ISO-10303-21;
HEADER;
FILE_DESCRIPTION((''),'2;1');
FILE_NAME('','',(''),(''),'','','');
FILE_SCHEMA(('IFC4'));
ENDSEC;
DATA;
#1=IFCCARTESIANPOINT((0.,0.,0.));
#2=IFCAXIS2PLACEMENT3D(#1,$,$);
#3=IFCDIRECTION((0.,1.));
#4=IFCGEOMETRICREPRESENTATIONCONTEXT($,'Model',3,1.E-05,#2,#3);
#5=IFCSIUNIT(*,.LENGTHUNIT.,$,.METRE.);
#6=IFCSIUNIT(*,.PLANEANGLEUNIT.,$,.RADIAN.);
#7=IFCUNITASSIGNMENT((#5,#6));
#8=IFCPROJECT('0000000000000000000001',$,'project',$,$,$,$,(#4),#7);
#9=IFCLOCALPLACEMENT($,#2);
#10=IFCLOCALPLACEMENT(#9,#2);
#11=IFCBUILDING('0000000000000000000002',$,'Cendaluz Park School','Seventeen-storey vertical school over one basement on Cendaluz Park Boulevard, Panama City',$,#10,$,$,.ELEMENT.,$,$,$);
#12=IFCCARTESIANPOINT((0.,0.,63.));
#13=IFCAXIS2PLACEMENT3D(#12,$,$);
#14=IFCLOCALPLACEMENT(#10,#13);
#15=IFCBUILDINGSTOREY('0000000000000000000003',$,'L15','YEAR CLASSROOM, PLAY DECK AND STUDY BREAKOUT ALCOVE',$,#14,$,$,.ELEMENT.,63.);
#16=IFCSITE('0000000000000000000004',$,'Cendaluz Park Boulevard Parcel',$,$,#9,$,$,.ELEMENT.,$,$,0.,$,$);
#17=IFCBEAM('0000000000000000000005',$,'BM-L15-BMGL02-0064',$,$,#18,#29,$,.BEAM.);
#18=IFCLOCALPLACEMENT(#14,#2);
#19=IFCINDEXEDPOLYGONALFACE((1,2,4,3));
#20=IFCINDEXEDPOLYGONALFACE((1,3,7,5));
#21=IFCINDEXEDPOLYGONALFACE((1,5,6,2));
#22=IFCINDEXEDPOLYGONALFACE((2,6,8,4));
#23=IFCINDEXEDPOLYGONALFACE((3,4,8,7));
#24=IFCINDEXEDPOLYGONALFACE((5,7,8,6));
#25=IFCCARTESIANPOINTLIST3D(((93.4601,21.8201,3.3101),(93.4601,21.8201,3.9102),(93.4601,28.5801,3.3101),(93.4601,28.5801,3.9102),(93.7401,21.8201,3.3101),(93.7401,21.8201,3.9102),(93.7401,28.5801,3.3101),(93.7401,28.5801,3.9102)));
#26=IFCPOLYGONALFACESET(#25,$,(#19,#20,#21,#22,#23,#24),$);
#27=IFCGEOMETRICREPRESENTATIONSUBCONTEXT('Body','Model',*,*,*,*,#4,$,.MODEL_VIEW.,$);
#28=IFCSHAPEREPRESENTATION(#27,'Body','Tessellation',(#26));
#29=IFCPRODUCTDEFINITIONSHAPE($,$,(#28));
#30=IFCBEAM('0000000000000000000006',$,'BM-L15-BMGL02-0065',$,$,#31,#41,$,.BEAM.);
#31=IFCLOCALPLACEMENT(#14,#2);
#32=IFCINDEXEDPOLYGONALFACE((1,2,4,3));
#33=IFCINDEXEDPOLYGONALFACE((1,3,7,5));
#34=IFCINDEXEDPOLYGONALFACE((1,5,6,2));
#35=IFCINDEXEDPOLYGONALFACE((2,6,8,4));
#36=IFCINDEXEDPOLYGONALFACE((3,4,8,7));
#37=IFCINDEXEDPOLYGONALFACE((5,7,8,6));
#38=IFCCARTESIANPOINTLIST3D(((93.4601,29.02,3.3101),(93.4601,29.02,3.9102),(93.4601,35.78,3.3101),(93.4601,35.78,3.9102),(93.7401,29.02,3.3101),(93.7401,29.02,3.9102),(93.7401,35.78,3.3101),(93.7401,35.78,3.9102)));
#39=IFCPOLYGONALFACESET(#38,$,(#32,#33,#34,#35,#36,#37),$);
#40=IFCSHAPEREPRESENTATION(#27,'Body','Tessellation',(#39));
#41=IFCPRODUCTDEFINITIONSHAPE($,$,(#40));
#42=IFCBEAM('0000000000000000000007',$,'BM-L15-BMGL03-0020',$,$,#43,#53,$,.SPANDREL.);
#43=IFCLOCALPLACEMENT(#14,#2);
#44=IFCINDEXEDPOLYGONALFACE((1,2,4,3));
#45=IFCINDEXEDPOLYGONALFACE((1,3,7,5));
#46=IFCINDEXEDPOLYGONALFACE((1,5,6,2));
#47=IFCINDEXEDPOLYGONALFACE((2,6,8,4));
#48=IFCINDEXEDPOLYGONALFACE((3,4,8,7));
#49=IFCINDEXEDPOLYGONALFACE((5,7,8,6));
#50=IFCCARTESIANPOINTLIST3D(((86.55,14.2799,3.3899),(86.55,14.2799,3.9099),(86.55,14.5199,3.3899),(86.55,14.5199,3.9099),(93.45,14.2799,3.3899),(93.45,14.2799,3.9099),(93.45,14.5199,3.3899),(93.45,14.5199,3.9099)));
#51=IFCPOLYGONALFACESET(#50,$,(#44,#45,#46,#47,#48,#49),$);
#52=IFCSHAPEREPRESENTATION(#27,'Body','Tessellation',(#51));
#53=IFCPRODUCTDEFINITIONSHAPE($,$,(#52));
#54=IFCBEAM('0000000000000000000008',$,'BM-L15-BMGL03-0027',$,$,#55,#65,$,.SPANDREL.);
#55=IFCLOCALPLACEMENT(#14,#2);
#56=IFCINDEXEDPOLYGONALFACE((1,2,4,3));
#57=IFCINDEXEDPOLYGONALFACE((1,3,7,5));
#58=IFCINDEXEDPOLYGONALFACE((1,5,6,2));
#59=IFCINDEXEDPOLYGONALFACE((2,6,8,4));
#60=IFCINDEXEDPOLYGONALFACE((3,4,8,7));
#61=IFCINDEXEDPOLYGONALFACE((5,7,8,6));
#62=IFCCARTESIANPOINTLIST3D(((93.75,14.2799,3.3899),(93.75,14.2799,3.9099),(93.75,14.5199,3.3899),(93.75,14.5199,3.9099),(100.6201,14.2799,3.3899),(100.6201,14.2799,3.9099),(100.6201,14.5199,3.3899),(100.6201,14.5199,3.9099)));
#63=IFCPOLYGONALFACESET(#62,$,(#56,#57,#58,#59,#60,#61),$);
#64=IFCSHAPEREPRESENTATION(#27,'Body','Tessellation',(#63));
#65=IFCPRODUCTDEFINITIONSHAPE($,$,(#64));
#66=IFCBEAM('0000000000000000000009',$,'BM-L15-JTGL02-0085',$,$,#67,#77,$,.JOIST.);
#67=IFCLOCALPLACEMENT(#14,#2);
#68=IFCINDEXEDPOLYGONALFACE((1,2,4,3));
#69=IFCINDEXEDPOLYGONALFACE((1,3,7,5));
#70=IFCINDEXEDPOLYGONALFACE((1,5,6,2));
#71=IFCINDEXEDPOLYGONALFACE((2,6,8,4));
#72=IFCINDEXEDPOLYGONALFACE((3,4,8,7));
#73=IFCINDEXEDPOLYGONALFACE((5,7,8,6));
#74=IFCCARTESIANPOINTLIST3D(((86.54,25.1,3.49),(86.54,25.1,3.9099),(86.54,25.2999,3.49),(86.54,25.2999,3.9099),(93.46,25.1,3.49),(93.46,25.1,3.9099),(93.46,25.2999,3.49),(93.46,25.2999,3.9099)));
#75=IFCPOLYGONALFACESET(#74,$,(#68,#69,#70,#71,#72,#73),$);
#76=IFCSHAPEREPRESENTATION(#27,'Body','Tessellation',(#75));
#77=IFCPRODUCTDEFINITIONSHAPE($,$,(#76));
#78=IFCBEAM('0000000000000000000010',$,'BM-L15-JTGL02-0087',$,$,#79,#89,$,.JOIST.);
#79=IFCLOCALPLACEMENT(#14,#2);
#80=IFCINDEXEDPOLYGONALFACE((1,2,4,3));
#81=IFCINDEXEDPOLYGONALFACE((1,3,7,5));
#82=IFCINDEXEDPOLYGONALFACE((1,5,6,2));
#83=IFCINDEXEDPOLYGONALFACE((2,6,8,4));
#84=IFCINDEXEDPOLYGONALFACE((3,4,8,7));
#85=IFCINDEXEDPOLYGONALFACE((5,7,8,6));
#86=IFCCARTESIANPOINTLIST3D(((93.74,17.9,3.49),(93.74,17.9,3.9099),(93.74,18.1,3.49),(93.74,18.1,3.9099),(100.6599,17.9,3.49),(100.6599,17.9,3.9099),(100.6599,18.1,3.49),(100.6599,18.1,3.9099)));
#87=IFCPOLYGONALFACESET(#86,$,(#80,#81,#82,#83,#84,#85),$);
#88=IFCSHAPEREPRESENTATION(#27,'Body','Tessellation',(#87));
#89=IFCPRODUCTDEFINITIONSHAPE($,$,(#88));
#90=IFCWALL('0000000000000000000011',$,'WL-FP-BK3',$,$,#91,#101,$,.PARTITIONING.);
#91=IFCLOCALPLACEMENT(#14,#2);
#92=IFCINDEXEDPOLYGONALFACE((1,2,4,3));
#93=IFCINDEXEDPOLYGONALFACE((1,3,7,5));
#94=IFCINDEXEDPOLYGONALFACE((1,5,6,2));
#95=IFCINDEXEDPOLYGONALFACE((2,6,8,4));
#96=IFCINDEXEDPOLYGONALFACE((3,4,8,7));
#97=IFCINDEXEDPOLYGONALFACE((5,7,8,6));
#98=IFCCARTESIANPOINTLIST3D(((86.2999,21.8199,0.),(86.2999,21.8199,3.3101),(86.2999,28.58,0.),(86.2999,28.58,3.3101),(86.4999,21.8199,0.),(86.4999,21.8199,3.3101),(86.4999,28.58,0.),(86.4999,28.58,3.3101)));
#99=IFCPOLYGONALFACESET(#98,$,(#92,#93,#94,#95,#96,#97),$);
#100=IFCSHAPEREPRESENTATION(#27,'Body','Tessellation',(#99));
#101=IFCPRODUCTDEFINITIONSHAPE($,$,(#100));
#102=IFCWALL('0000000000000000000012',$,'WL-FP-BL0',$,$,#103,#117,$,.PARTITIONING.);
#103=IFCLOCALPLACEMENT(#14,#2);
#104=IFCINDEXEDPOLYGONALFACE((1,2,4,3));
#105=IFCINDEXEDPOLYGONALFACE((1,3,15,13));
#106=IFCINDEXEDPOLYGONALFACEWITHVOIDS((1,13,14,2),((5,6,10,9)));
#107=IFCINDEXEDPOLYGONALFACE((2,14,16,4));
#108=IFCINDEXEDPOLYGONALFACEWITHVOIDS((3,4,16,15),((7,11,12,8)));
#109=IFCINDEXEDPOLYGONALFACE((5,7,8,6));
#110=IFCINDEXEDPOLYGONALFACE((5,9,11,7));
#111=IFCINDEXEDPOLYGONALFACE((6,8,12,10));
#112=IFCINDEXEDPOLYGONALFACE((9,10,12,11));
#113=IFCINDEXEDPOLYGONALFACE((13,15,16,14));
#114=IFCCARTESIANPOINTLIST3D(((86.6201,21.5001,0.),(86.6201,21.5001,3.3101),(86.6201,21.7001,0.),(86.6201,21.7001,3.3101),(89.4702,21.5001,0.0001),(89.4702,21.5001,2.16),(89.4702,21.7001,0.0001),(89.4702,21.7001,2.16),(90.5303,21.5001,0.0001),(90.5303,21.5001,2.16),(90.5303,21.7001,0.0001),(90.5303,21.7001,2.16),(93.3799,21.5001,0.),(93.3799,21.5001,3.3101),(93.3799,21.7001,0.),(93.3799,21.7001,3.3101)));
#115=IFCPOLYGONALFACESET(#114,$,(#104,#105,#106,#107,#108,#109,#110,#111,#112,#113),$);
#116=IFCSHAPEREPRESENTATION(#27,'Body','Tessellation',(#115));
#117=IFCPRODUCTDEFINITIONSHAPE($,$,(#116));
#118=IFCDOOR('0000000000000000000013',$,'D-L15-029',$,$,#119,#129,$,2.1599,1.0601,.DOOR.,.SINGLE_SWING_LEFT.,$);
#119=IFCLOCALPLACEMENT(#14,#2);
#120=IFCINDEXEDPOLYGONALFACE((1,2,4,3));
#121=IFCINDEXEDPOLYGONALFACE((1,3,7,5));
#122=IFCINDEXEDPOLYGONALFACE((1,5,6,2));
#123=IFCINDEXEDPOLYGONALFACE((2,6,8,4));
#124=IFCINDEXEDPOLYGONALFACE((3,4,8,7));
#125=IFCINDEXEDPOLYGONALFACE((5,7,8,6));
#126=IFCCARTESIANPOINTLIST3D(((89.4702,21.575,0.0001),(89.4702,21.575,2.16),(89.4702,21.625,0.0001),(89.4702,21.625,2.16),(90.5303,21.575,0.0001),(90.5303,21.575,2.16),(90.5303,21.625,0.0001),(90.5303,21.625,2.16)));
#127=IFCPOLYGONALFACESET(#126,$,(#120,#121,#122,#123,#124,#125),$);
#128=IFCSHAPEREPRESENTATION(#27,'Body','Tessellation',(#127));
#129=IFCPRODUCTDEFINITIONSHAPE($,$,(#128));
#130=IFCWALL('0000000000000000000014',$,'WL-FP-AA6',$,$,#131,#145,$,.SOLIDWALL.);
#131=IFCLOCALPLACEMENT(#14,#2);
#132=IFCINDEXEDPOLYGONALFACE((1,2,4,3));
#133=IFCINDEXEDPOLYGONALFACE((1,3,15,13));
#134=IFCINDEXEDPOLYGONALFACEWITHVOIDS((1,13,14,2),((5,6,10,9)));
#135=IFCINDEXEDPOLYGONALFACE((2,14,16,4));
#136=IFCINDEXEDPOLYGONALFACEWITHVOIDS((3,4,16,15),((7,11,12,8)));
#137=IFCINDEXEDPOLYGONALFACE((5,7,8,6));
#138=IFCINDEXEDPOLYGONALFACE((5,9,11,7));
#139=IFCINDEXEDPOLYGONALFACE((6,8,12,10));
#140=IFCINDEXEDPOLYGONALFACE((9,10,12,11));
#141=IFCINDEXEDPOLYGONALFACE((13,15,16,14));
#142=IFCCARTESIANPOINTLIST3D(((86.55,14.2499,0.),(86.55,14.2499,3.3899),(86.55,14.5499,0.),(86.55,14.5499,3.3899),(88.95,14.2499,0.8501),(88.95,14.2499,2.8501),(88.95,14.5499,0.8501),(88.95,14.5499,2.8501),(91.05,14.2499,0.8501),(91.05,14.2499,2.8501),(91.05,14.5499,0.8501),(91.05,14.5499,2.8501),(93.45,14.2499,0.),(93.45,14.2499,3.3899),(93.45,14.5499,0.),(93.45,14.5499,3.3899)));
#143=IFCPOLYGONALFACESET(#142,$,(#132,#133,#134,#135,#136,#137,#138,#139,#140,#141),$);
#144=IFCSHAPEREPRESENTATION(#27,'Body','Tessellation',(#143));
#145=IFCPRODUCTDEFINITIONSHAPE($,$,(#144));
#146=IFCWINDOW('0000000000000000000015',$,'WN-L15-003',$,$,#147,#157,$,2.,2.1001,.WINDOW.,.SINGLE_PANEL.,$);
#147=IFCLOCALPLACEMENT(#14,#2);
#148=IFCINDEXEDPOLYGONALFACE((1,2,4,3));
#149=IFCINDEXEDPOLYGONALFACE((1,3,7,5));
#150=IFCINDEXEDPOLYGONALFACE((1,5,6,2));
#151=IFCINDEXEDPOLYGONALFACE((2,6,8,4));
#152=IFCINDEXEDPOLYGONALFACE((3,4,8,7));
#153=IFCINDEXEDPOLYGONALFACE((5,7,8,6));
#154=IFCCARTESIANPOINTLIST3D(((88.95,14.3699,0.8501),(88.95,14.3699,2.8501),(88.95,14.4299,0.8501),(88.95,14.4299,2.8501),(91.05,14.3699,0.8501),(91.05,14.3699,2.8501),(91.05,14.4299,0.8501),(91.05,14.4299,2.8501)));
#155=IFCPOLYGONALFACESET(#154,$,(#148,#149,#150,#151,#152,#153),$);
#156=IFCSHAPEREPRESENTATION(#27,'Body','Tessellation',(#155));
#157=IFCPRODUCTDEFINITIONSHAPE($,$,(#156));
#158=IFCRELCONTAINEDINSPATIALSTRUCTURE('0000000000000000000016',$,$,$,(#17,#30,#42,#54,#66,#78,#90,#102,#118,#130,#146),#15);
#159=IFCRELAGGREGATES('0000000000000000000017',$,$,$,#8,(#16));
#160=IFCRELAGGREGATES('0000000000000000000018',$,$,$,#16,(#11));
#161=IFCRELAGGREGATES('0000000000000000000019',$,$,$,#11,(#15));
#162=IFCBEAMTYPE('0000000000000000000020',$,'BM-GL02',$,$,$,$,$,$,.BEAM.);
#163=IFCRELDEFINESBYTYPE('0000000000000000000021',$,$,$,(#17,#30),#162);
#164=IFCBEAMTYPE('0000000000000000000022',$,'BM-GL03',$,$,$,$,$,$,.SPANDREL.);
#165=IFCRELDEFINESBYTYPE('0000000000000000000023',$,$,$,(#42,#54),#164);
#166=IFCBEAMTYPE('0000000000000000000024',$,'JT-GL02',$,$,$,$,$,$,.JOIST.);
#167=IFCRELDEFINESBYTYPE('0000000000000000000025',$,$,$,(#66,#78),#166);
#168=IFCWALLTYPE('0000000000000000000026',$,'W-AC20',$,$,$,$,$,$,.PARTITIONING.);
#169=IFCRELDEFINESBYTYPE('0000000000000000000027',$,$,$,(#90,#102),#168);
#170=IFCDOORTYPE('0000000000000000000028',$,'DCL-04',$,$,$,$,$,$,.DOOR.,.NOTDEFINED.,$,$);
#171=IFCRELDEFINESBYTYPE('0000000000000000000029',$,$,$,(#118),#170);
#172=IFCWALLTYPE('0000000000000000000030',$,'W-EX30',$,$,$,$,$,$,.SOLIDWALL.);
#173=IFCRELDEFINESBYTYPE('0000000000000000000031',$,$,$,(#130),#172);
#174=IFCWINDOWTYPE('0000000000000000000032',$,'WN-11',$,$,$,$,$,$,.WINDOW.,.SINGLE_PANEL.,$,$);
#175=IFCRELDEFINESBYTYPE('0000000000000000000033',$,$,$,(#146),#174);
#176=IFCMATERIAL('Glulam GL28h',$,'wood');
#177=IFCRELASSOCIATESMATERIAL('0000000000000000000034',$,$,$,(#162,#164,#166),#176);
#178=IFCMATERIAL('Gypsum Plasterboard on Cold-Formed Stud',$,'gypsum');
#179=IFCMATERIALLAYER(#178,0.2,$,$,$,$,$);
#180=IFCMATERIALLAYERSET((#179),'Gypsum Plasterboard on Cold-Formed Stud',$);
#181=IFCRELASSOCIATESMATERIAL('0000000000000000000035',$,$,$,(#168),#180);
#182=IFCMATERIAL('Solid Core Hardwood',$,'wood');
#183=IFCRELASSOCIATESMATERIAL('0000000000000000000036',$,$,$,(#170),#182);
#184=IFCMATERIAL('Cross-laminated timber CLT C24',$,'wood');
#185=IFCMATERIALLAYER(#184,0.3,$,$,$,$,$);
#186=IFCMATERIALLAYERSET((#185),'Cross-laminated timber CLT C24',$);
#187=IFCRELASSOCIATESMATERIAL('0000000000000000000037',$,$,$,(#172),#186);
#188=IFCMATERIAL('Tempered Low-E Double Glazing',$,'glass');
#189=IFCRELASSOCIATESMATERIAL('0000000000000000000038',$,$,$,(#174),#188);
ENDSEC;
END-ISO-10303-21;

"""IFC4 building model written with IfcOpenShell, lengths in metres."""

from ifc_helpers import new_model, si_unit, direction, frame, frame_2d, origin, origin_2d, place, context, subcontext, project, spatial, rectangle, extrude, material, layer, layer_set, material_profile, profile_set, type_object, element, fill, save


model = new_model("IFC4")

# Units and contexts
model_context = context("Model", 3, precision=1e-05, world=origin(), true_north=direction((0.0, 1.0)))
body_context = subcontext(model_context, "Body", "Model", "MODEL_VIEW")
ifc_project = project(units=[si_unit("LENGTHUNIT", "METRE"), si_unit("PLANEANGLEUNIT", "RADIAN")], contexts=[model_context])

# Site, building, storey
site_placement = place(None, origin())
site = spatial("IfcSite", under=ifc_project, at=site_placement, Name="Cendaluz Park Boulevard Parcel", CompositionType="ELEMENT", RefElevation=0.0)
building_placement = place(site_placement, origin())
building = spatial("IfcBuilding", under=site, at=building_placement, Name="Cendaluz Park School", Description="Seventeen-storey vertical school over one basement on Cendaluz Park Boulevard, Panama City", CompositionType="ELEMENT")
storey_placement = place(building_placement, frame((0.0, 0.0, 63.0)))
storey = spatial("IfcBuildingStorey", under=building, at=storey_placement, Name="L15", Description="YEAR CLASSROOM, PLAY DECK AND STUDY BREAKOUT ALCOVE", CompositionType="ELEMENT", Elevation=63.0)

# Beams
ifc_material_1 = material(Name="Glulam GL28h", Category="wood")
ifc_material_profile_1 = material_profile(ifc_material_1, rectangle(XDim=0.28, YDim=0.6001, at=origin_2d()), Name="GL28h 280x600", Category="wood")
ifc_profile_set_1 = profile_set([ifc_material_profile_1], Name="Glulam GL28h")
beam_type_1 = type_object("IfcBeamType", Name="BM-GL02", PredefinedType="BEAM", material=ifc_profile_set_1)
for number, where, z_axis, x_axis, name in (
    (1, (93.6001, 21.8201, 3.6101), (0.0, 1.0, 0.0), (-1.0, 0.0, 0.0), "BM-L15-BMGL02-0064"),
    (2, (93.6001, 29.02, 3.6101), (0.0, 1.0, 0.0), (-1.0, 0.0, 0.0), "BM-L15-BMGL02-0065"),
):
    element("IfcBeam", number, at=place(storey_placement, frame(where, z_axis=z_axis, x_axis=x_axis)), inside=storey, type_object=beam_type_1, Name=name, PredefinedType="BEAM", context=body_context, shape_type="SweptSolid", body=[
        extrude(rectangle(XDim=0.28, YDim=0.6001, at=origin_2d()), origin(), (0.0, 0.0, 1.0), 6.76),
    ])
ifc_material_profile_2 = material_profile(ifc_material_1, rectangle(XDim=0.24, YDim=0.52, at=origin_2d()), Name="GL28h 240x520", Category="wood")
ifc_profile_set_2 = profile_set([ifc_material_profile_2], Name="Glulam GL28h")
beam_type_2 = type_object("IfcBeamType", Name="BM-GL03", PredefinedType="SPANDREL", material=ifc_profile_set_2)
beam_1_placement = place(storey_placement, frame((86.55, 14.3999, 3.6499), z_axis=(1.0, 0.0, 0.0), x_axis=(0.0, 1.0, 0.0)))
element("IfcBeam", 3, at=beam_1_placement, inside=storey, type_object=beam_type_2, Name="BM-L15-BMGL03-0020", PredefinedType="SPANDREL", context=body_context, shape_type="SweptSolid", body=[
    extrude(rectangle(XDim=0.24, YDim=0.52, at=origin_2d()), origin(), (0.0, 0.0, 1.0), 6.8999),
])
beam_2_placement = place(storey_placement, frame((93.75, 14.3999, 3.6499), z_axis=(1.0, 0.0, 0.0), x_axis=(0.0, 1.0, 0.0)))
element("IfcBeam", 4, at=beam_2_placement, inside=storey, type_object=beam_type_2, Name="BM-L15-BMGL03-0027", PredefinedType="SPANDREL", context=body_context, shape_type="SweptSolid", body=[
    extrude(rectangle(XDim=0.24, YDim=0.52, at=origin_2d()), origin(), (0.0, 0.0, 1.0), 6.8701),
])
ifc_material_profile_3 = material_profile(ifc_material_1, rectangle(XDim=0.2, YDim=0.4199, at=origin_2d()), Name="GL28h 200x420", Category="wood")
ifc_profile_set_3 = profile_set([ifc_material_profile_3], Name="Glulam GL28h")
beam_type_3 = type_object("IfcBeamType", Name="JT-GL02", PredefinedType="JOIST", material=ifc_profile_set_3)
for number, where, z_axis, x_axis, name in (
    (5, (86.54, 25.2, 3.7), (1.0, 0.0, 0.0), (0.0, 1.0, 0.0), "BM-L15-JTGL02-0085"),
    (6, (93.74, 18.0, 3.7), (1.0, 0.0, 0.0), (0.0, 1.0, 0.0), "BM-L15-JTGL02-0087"),
):
    element("IfcBeam", number, at=place(storey_placement, frame(where, z_axis=z_axis, x_axis=x_axis)), inside=storey, type_object=beam_type_3, Name=name, PredefinedType="JOIST", context=body_context, shape_type="SweptSolid", body=[
        extrude(rectangle(XDim=0.2, YDim=0.4199, at=origin_2d()), origin(), (0.0, 0.0, 1.0), 6.9199),
    ])

# Wall
ifc_material_2 = material(Name="Gypsum Plasterboard on Cold-Formed Stud", Category="gypsum")
ifc_layer_1 = layer(ifc_material_2, 0.2)
ifc_layer_set_1 = layer_set([ifc_layer_1], Name="Gypsum Plasterboard on Cold-Formed Stud")
wall_type_1 = type_object("IfcWallType", Name="W-AC20", PredefinedType="PARTITIONING", material=ifc_layer_set_1)
wall_1_placement = place(storey_placement, frame((86.3999, 21.8201, 0.0), z_axis=(0.0, 0.0, 1.0), x_axis=(0.0, 1.0, 0.0)))
element("IfcWall", 7, at=wall_1_placement, inside=storey, type_object=wall_type_1, Name="WL-FP-BK3", PredefinedType="PARTITIONING", context=body_context, shape_type="SweptSolid", body=[
    extrude(rectangle(XDim=6.76, YDim=0.2, at=frame_2d((3.3799, 0.0))), origin(), (0.0, 0.0, 1.0), 3.3101),
])

# Wall, opening, door
wall_2_placement = place(storey_placement, frame((86.6201, 21.6001, 0.0), z_axis=(0.0, 0.0, 1.0), x_axis=(1.0, 0.0, 0.0)))
wall_2 = element("IfcWall", 8, at=wall_2_placement, inside=storey, type_object=wall_type_1, Name="WL-FP-BL0", PredefinedType="PARTITIONING", context=body_context, shape_type="SweptSolid", body=[
    extrude(rectangle(XDim=6.7598, YDim=0.2, at=frame_2d((3.3799, 0.0))), origin(), (0.0, 0.0, 1.0), 3.3101),
])
opening_1_placement = place(wall_2_placement, frame((2.8501, 0.0, 0.0)))
opening_1 = element("IfcOpeningElement", 9, at=opening_1_placement, cuts=wall_2, PredefinedType="OPENING", context=body_context, shape_type="SweptSolid", body=[
    extrude(rectangle(XDim=1.0601, YDim=2.1599, at=frame_2d((0.53, 1.0801))), frame((0.0, 0.1121, 0.0), z_axis=(0.0, -1.0, 0.0), x_axis=(1.0, 0.0, 0.0)), (0.0, 0.0, 1.0), 0.2239),
])
ifc_material_3 = material(Name="Solid Core Hardwood", Category="wood")
door_type_1 = type_object("IfcDoorType", Name="DCL-04", OperationType="NOTDEFINED", PredefinedType="DOOR", material=ifc_material_3)
door_1_placement = place(opening_1_placement, origin())
door_1 = element("IfcDoor", 10, at=door_1_placement, inside=storey, type_object=door_type_1, Name="D-L15-029", OperationType="SINGLE_SWING_LEFT", OverallHeight=2.1599, OverallWidth=1.0601, PredefinedType="DOOR", context=body_context, shape_type="SweptSolid", body=[
    extrude(rectangle(XDim=1.0601, YDim=2.1599, at=frame_2d((0.53, 1.0801))), frame((0.0, 0.0249, 0.0), z_axis=(0.0, -1.0, 0.0), x_axis=(1.0, 0.0, 0.0)), (0.0, 0.0, 1.0), 0.05),
])
fill(opening_1, door_1)

# Wall, opening, window
ifc_material_4 = material(Name="Cross-laminated timber CLT C24", Category="wood")
ifc_layer_2 = layer(ifc_material_4, 0.3)
ifc_layer_set_2 = layer_set([ifc_layer_2], Name="Cross-laminated timber CLT C24")
wall_type_2 = type_object("IfcWallType", Name="W-EX30", PredefinedType="SOLIDWALL", material=ifc_layer_set_2)
wall_3_placement = place(storey_placement, frame((86.55, 14.3999, 0.0), z_axis=(0.0, 0.0, 1.0), x_axis=(1.0, 0.0, 0.0)))
wall_3 = element("IfcWall", 11, at=wall_3_placement, inside=storey, type_object=wall_type_2, Name="WL-FP-AA6", PredefinedType="SOLIDWALL", context=body_context, shape_type="SweptSolid", body=[
    extrude(rectangle(XDim=6.8999, YDim=0.3, at=frame_2d((3.45, 0.0))), origin(), (0.0, 0.0, 1.0), 3.3899),
])
opening_2_placement = place(wall_3_placement, frame((2.3999, 0.0, 0.8501)))
opening_2 = element("IfcOpeningElement", 12, at=opening_2_placement, cuts=wall_3, PredefinedType="OPENING", context=body_context, shape_type="SweptSolid", body=[
    extrude(rectangle(XDim=2.1001, YDim=2.0, at=frame_2d((1.05, 1.0))), frame((0.0, 0.1621, 0.0), z_axis=(0.0, -1.0, 0.0), x_axis=(1.0, 0.0, 0.0)), (0.0, 0.0, 1.0), 0.324),
])
ifc_material_5 = material(Name="Tempered Low-E Double Glazing", Category="glass")
window_type_1 = type_object("IfcWindowType", Name="WN-11", PartitioningType="SINGLE_PANEL", PredefinedType="WINDOW", material=ifc_material_5)
window_1_placement = place(opening_2_placement, origin())
window_1 = element("IfcWindow", 13, at=window_1_placement, inside=storey, type_object=window_type_1, Name="WN-L15-003", OverallHeight=2.0, OverallWidth=2.1001, PartitioningType="SINGLE_PANEL", PredefinedType="WINDOW", context=body_context, shape_type="SweptSolid", body=[
    extrude(rectangle(XDim=2.1001, YDim=2.0, at=frame_2d((1.05, 1.0))), frame((0.0, 0.03, 0.0), z_axis=(0.0, -1.0, 0.0), x_axis=(1.0, 0.0, 0.0)), (0.0, 0.0, 1.0), 0.0601),
])
fill(opening_2, window_1)

save(model, "model.ifc")
